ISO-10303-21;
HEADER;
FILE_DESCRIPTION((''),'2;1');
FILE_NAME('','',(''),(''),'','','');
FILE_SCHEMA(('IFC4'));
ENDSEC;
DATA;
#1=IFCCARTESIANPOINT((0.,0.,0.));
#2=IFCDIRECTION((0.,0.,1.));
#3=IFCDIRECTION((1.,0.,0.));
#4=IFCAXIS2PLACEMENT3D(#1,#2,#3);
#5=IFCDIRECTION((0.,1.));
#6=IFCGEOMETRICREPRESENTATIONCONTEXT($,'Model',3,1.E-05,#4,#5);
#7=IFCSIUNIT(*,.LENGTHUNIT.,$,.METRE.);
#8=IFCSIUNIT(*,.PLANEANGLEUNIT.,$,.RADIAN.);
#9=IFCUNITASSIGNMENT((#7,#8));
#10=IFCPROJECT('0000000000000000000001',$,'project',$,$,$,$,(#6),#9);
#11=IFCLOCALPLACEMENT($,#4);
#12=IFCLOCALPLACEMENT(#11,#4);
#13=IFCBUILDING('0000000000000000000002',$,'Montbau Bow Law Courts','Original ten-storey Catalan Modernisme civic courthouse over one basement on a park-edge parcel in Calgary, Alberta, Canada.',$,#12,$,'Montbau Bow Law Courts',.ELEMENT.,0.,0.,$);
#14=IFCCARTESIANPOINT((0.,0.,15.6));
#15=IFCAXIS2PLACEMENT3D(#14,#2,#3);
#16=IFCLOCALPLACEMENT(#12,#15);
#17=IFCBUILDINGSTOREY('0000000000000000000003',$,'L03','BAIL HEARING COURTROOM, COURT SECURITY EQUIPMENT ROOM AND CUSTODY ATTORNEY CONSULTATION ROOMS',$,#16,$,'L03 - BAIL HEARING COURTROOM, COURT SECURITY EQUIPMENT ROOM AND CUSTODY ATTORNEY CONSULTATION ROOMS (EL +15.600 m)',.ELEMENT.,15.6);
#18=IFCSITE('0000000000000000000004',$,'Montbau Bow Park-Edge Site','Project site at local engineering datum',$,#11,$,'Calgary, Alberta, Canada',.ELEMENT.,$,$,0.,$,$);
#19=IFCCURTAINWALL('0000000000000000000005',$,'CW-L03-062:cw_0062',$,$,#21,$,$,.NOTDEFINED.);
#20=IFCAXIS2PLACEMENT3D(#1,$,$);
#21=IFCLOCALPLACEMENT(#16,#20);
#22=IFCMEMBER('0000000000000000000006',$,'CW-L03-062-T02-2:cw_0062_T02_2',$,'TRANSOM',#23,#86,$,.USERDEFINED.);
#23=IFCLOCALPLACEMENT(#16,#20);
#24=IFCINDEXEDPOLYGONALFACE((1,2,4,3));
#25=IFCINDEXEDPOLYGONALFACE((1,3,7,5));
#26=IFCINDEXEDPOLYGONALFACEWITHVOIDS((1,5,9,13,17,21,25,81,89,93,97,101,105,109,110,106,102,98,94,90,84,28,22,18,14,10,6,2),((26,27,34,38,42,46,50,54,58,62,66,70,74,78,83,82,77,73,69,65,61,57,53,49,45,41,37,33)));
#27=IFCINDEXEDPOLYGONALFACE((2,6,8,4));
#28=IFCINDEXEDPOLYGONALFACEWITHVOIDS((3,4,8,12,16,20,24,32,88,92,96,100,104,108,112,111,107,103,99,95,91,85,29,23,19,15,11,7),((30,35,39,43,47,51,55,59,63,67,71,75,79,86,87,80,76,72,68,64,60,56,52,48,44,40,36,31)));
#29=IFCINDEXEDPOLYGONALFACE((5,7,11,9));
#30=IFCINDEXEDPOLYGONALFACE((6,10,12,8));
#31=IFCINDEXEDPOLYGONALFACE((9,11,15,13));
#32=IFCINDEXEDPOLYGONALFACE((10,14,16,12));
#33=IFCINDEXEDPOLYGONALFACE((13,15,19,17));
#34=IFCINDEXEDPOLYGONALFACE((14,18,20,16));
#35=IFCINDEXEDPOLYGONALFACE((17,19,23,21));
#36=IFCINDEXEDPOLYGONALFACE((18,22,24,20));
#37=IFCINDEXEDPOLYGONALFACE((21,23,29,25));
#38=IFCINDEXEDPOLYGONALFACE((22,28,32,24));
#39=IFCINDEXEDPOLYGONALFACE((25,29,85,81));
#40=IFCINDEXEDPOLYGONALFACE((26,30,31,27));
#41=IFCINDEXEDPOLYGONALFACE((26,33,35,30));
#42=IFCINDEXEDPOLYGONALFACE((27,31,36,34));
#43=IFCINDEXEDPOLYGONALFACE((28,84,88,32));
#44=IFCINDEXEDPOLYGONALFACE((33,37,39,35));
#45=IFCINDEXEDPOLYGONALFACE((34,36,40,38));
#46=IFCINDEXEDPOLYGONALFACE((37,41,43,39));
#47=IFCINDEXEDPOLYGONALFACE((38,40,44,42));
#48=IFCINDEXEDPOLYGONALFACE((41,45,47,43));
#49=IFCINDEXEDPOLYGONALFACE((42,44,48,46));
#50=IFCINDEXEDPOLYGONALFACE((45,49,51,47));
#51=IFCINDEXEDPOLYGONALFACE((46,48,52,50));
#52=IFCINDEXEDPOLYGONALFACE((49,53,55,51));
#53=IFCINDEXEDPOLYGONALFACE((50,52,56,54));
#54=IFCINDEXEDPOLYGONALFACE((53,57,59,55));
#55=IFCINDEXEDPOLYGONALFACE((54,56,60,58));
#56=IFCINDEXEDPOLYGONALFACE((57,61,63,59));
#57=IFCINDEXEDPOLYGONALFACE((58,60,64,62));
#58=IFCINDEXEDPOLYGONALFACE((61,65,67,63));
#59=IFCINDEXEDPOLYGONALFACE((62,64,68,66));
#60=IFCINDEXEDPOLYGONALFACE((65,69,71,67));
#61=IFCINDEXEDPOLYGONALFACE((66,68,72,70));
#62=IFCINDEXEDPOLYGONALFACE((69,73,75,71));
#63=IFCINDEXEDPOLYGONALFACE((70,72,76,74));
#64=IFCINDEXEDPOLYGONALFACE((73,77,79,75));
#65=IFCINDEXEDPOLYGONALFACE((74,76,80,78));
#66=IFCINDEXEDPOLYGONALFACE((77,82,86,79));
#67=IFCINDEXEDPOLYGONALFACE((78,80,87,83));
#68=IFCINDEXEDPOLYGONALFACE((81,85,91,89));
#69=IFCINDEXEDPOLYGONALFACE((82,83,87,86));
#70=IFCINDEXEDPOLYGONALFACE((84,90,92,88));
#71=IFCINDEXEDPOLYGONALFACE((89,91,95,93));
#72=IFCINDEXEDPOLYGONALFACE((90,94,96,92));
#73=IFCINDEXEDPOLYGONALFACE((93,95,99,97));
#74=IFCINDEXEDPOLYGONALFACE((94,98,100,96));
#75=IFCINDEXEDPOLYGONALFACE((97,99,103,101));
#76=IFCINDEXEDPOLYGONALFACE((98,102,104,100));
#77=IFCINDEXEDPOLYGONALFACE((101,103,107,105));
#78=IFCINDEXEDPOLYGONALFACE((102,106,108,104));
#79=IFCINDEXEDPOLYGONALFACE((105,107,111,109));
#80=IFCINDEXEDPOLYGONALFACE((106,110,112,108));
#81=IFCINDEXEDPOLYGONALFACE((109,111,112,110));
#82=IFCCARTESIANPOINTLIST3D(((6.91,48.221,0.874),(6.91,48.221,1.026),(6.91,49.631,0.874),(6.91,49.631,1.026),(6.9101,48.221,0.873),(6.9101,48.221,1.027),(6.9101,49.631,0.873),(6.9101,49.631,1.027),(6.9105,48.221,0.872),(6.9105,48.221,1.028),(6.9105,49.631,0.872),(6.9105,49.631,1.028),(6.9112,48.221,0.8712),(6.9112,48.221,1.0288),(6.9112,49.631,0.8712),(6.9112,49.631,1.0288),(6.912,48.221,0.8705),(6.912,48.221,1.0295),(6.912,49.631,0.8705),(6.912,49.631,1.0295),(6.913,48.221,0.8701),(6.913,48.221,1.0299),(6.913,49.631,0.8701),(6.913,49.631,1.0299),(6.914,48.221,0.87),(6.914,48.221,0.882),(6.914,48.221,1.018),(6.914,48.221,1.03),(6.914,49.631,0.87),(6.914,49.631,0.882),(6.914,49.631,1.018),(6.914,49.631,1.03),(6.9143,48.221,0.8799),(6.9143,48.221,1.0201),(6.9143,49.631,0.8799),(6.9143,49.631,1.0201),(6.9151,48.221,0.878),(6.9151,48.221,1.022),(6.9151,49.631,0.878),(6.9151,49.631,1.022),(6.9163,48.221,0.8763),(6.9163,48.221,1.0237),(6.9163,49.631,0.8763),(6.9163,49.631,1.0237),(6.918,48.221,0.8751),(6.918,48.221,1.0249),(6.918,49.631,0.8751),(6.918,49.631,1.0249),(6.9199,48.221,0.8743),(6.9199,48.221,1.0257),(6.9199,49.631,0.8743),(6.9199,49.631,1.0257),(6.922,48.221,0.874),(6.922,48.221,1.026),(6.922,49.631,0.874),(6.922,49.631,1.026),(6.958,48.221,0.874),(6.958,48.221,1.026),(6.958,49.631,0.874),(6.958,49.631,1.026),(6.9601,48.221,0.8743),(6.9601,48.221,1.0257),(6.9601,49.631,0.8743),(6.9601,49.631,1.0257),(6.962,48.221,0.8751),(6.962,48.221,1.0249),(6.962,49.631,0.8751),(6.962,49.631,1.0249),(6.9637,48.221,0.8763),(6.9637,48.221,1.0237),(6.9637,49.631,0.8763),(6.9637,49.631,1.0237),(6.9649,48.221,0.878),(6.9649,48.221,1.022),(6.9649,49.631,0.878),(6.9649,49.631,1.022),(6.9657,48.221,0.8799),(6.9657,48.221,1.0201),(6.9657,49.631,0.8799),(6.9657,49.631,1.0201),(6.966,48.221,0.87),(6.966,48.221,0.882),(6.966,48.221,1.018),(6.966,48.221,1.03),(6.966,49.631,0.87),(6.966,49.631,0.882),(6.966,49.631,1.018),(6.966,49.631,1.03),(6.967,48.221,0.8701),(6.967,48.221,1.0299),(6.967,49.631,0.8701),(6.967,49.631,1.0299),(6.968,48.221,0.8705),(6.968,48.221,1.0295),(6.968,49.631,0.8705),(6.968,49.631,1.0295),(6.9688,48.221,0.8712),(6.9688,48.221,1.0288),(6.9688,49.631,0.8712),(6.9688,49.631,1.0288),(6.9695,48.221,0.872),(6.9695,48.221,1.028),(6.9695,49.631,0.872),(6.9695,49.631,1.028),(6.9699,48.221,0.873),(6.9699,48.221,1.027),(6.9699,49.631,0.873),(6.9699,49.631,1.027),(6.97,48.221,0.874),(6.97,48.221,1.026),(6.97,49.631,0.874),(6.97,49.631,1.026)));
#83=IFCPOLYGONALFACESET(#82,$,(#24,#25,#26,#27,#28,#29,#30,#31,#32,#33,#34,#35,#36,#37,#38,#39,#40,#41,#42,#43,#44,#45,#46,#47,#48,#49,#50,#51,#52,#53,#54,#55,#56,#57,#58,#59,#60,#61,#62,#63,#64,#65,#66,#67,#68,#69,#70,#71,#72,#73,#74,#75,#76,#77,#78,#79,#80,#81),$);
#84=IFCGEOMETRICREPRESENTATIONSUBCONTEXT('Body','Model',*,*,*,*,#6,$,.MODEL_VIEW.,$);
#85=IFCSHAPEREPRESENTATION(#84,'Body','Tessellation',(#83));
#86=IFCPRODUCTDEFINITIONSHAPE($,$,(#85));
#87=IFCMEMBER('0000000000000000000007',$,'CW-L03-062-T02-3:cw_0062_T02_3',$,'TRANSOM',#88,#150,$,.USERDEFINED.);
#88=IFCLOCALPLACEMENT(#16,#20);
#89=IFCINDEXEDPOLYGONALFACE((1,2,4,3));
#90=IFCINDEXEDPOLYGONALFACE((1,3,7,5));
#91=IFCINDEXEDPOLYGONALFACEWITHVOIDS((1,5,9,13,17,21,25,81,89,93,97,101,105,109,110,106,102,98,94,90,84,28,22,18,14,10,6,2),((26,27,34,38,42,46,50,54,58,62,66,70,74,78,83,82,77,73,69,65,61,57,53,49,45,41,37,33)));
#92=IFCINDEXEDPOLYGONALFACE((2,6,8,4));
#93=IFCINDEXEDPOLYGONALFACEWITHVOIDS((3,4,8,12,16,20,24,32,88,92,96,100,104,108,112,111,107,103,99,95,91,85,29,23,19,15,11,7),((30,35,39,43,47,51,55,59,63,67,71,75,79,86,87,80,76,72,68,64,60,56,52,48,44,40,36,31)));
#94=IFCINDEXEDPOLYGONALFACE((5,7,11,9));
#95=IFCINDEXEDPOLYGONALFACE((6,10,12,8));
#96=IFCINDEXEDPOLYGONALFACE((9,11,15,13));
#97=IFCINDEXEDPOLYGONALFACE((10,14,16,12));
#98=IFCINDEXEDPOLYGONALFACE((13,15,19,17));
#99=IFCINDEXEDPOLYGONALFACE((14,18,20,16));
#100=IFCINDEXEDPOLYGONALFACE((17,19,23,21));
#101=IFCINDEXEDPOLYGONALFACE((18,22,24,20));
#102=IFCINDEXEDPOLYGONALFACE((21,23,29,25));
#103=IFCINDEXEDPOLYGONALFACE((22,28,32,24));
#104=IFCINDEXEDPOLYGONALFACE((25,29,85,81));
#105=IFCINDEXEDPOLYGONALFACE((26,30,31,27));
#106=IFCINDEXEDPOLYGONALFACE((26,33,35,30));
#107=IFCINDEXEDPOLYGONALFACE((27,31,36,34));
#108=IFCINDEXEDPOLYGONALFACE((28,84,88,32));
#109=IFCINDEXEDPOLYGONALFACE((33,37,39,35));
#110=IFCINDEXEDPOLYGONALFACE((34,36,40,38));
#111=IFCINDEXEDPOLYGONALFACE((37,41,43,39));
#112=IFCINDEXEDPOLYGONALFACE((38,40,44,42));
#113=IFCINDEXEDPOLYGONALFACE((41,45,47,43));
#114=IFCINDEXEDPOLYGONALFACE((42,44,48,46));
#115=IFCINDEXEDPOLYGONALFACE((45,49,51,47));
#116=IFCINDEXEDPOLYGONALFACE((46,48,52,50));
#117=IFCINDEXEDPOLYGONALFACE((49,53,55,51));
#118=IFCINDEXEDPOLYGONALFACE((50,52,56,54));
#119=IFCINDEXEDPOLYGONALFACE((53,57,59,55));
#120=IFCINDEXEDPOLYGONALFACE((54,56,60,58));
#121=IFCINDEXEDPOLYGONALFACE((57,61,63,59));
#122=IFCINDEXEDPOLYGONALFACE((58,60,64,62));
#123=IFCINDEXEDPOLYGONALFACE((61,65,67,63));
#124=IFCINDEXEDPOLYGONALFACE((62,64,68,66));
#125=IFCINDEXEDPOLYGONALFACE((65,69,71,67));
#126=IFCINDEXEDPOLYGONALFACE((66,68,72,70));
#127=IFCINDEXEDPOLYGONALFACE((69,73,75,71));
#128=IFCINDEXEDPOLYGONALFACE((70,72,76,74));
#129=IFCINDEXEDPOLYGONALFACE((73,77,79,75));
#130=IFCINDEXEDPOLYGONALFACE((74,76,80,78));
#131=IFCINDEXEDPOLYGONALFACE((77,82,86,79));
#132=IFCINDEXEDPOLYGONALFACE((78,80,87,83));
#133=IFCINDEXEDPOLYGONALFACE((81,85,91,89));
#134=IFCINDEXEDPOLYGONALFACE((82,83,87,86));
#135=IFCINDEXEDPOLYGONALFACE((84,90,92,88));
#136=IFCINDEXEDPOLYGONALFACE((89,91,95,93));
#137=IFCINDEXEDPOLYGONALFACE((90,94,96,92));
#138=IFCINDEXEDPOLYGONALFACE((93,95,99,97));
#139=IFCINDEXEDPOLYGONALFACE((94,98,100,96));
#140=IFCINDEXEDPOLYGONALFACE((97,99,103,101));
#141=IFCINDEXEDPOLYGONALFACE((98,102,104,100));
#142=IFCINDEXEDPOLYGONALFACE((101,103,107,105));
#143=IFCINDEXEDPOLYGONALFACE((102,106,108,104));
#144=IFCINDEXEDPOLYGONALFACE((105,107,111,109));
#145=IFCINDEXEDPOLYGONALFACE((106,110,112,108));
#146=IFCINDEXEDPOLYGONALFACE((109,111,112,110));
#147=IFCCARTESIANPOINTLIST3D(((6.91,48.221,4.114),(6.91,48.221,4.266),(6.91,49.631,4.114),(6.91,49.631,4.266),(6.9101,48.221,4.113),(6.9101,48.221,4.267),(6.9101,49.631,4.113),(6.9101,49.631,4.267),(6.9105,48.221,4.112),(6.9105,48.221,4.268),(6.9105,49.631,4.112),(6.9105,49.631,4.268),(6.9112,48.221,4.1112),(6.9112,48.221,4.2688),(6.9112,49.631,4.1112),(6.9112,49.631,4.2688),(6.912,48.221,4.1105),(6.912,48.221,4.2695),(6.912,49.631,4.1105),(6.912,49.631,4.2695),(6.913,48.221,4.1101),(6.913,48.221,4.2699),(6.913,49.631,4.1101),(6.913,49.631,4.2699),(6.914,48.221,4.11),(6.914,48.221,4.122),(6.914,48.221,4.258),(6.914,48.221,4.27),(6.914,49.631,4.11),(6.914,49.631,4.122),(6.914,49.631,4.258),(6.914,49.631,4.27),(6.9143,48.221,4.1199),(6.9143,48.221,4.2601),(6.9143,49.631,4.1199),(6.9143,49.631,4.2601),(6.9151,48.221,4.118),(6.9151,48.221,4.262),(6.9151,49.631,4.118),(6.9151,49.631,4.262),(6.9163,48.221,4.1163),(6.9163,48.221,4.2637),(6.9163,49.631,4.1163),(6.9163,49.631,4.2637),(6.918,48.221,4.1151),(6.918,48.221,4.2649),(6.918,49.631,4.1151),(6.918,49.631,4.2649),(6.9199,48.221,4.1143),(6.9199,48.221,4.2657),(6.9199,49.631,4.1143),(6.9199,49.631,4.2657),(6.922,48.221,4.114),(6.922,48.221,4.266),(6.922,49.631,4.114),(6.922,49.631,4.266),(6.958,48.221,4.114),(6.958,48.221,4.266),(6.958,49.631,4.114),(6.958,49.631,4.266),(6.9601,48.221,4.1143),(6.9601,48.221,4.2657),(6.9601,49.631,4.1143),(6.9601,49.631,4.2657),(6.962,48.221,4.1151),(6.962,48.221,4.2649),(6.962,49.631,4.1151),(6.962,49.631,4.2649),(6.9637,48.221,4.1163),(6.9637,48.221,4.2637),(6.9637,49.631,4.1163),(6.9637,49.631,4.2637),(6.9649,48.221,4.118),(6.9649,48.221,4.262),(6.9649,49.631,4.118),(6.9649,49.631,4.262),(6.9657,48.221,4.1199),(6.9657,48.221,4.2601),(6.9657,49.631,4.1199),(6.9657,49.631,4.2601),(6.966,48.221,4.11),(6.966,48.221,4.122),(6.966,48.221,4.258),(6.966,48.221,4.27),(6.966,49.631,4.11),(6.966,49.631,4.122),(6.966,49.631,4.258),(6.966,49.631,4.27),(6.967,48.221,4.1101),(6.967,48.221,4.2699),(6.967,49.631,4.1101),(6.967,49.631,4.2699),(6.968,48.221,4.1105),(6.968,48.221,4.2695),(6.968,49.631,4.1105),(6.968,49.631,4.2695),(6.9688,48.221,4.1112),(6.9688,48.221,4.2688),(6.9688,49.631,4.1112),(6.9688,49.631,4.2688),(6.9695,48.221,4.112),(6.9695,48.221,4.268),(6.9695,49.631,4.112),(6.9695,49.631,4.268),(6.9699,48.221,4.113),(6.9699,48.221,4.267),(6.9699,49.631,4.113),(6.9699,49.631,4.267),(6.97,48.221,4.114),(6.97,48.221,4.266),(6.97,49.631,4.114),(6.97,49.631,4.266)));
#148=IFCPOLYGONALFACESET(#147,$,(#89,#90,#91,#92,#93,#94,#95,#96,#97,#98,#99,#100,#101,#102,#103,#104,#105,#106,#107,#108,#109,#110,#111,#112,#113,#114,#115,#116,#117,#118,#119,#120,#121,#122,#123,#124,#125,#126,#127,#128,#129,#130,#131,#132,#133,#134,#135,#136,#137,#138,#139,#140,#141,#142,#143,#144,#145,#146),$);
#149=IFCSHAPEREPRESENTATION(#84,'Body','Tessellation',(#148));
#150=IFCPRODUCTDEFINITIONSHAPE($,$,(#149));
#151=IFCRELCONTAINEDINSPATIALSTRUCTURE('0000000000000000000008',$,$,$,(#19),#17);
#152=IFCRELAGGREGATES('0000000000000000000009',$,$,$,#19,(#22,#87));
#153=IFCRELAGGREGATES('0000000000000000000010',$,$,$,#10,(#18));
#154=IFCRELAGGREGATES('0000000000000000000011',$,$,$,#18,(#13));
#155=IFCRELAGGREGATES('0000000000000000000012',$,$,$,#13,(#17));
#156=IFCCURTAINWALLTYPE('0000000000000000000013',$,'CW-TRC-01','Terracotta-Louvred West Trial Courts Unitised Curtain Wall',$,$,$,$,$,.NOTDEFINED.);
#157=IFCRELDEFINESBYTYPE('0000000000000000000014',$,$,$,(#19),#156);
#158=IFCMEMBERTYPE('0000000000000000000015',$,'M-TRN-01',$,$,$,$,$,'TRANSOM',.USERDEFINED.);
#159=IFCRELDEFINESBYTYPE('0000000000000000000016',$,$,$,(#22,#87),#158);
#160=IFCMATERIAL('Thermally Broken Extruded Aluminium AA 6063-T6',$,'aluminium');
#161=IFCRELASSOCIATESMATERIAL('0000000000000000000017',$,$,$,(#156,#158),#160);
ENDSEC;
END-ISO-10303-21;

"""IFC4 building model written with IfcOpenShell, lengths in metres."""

from ifc_helpers import new_model, si_unit, direction, frame, origin_with_axes, origin_2d_with_axis, place, context, subcontext, project, spatial, hollow_rectangle, extrude, material, material_profile, profile_set, type_object, element, aggregate, save


model = new_model("IFC4")

# Units and contexts
model_context = context("Model", 3, precision=1e-05, world=origin_with_axes(), true_north=direction((0.0, 1.0)))
body_context = subcontext(model_context, "Body", "Model", "MODEL_VIEW")
ifc_project = project(units=[si_unit("LENGTHUNIT", "METRE"), si_unit("PLANEANGLEUNIT", "RADIAN")], contexts=[model_context])

# Site, building, storey
site_placement = place(None, origin_with_axes())
site = spatial("IfcSite", under=ifc_project, at=site_placement, Name="Montbau Bow Park-Edge Site", Description="Project site at local engineering datum", LongName="Calgary, Alberta, Canada", CompositionType="ELEMENT", RefElevation=0.0)
building_placement = place(site_placement, origin_with_axes())
building = spatial("IfcBuilding", under=site, at=building_placement, Name="Montbau Bow Law Courts", Description="Original ten-storey Catalan Modernisme civic courthouse over one basement on a park-edge parcel in Calgary, Alberta, Canada.", LongName="Montbau Bow Law Courts", CompositionType="ELEMENT", ElevationOfRefHeight=0.0, ElevationOfTerrain=0.0)
storey_placement = place(building_placement, frame((0.0, 0.0, 15.6), z_axis=(0.0, 0.0, 1.0), x_axis=(1.0, 0.0, 0.0)))
storey = spatial("IfcBuildingStorey", under=building, at=storey_placement, Name="L03", Description="BAIL HEARING COURTROOM, COURT SECURITY EQUIPMENT ROOM AND CUSTODY ATTORNEY CONSULTATION ROOMS", LongName="L03 - BAIL HEARING COURTROOM, COURT SECURITY EQUIPMENT ROOM AND CUSTODY ATTORNEY CONSULTATION ROOMS (EL +15.600 m)", CompositionType="ELEMENT", Elevation=15.6)

# Shared definitions
ifc_material_1 = material(Name="Thermally Broken Extruded Aluminium AA 6063-T6", Category="aluminium")
curtain_wall_type = type_object("IfcCurtainWallType", Name="CW-TRC-01", Description="Terracotta-Louvred West Trial Courts Unitised Curtain Wall", PredefinedType="NOTDEFINED", material=ifc_material_1)

# Curtain wall, members
curtain_wall_1_placement = place(None, frame((6.94, 46.715, 15.6), z_axis=(0.0, 0.0, 1.0), x_axis=(1.0, 0.0, 0.0)))
curtain_wall_1 = element("IfcCurtainWall", 1, at=curtain_wall_1_placement, inside=storey, type_object=curtain_wall_type, Name="CW-L03-062:cw_0062", PredefinedType="NOTDEFINED")
ifc_material_profile_1 = material_profile(ifc_material_1, hollow_rectangle(XDim=0.06, YDim=0.16, WallThickness=0.004, InnerFilletRadius=0.008, OuterFilletRadius=0.004, at=origin_2d_with_axis()), Name="CWT-160X60", Category="Main", Priority=0)
ifc_profile_set_1 = profile_set([ifc_material_profile_1], Name="Thermally Broken Extruded Aluminium AA 6063-T6")
member_type_1 = type_object("IfcMemberType", Name="M-TRN-01", ElementType="TRANSOM", PredefinedType="USERDEFINED", material=ifc_profile_set_1)
member_1_placement = place(None, frame((6.94, 48.221, 16.55), z_axis=(0.0, 1.0, 0.0), x_axis=(-1.0, 0.0, 0.0)))
member_1 = element("IfcMember", 2, at=member_1_placement, type_object=member_type_1, Name="CW-L03-062-T02-2:cw_0062_T02_2", ObjectType="TRANSOM", PredefinedType="USERDEFINED", context=body_context, shape_type="SweptSolid", body=[
    extrude(hollow_rectangle(XDim=0.06, YDim=0.16, WallThickness=0.004, InnerFilletRadius=0.008, OuterFilletRadius=0.004, at=origin_2d_with_axis()), origin_with_axes(), (0.0, 0.0, 1.0), 1.41),
])
member_2_placement = place(None, frame((6.94, 48.221, 19.79), z_axis=(0.0, 1.0, 0.0), x_axis=(-1.0, 0.0, 0.0)))
member_2 = element("IfcMember", 3, at=member_2_placement, type_object=member_type_1, Name="CW-L03-062-T02-3:cw_0062_T02_3", ObjectType="TRANSOM", PredefinedType="USERDEFINED", context=body_context, shape_type="SweptSolid", body=[
    extrude(hollow_rectangle(XDim=0.06, YDim=0.16, WallThickness=0.004, InnerFilletRadius=0.008, OuterFilletRadius=0.004, at=origin_2d_with_axis()), origin_with_axes(), (0.0, 0.0, 1.0), 1.41),
])
aggregate(curtain_wall_1, [member_1, member_2])

save(model, "model.ifc")
